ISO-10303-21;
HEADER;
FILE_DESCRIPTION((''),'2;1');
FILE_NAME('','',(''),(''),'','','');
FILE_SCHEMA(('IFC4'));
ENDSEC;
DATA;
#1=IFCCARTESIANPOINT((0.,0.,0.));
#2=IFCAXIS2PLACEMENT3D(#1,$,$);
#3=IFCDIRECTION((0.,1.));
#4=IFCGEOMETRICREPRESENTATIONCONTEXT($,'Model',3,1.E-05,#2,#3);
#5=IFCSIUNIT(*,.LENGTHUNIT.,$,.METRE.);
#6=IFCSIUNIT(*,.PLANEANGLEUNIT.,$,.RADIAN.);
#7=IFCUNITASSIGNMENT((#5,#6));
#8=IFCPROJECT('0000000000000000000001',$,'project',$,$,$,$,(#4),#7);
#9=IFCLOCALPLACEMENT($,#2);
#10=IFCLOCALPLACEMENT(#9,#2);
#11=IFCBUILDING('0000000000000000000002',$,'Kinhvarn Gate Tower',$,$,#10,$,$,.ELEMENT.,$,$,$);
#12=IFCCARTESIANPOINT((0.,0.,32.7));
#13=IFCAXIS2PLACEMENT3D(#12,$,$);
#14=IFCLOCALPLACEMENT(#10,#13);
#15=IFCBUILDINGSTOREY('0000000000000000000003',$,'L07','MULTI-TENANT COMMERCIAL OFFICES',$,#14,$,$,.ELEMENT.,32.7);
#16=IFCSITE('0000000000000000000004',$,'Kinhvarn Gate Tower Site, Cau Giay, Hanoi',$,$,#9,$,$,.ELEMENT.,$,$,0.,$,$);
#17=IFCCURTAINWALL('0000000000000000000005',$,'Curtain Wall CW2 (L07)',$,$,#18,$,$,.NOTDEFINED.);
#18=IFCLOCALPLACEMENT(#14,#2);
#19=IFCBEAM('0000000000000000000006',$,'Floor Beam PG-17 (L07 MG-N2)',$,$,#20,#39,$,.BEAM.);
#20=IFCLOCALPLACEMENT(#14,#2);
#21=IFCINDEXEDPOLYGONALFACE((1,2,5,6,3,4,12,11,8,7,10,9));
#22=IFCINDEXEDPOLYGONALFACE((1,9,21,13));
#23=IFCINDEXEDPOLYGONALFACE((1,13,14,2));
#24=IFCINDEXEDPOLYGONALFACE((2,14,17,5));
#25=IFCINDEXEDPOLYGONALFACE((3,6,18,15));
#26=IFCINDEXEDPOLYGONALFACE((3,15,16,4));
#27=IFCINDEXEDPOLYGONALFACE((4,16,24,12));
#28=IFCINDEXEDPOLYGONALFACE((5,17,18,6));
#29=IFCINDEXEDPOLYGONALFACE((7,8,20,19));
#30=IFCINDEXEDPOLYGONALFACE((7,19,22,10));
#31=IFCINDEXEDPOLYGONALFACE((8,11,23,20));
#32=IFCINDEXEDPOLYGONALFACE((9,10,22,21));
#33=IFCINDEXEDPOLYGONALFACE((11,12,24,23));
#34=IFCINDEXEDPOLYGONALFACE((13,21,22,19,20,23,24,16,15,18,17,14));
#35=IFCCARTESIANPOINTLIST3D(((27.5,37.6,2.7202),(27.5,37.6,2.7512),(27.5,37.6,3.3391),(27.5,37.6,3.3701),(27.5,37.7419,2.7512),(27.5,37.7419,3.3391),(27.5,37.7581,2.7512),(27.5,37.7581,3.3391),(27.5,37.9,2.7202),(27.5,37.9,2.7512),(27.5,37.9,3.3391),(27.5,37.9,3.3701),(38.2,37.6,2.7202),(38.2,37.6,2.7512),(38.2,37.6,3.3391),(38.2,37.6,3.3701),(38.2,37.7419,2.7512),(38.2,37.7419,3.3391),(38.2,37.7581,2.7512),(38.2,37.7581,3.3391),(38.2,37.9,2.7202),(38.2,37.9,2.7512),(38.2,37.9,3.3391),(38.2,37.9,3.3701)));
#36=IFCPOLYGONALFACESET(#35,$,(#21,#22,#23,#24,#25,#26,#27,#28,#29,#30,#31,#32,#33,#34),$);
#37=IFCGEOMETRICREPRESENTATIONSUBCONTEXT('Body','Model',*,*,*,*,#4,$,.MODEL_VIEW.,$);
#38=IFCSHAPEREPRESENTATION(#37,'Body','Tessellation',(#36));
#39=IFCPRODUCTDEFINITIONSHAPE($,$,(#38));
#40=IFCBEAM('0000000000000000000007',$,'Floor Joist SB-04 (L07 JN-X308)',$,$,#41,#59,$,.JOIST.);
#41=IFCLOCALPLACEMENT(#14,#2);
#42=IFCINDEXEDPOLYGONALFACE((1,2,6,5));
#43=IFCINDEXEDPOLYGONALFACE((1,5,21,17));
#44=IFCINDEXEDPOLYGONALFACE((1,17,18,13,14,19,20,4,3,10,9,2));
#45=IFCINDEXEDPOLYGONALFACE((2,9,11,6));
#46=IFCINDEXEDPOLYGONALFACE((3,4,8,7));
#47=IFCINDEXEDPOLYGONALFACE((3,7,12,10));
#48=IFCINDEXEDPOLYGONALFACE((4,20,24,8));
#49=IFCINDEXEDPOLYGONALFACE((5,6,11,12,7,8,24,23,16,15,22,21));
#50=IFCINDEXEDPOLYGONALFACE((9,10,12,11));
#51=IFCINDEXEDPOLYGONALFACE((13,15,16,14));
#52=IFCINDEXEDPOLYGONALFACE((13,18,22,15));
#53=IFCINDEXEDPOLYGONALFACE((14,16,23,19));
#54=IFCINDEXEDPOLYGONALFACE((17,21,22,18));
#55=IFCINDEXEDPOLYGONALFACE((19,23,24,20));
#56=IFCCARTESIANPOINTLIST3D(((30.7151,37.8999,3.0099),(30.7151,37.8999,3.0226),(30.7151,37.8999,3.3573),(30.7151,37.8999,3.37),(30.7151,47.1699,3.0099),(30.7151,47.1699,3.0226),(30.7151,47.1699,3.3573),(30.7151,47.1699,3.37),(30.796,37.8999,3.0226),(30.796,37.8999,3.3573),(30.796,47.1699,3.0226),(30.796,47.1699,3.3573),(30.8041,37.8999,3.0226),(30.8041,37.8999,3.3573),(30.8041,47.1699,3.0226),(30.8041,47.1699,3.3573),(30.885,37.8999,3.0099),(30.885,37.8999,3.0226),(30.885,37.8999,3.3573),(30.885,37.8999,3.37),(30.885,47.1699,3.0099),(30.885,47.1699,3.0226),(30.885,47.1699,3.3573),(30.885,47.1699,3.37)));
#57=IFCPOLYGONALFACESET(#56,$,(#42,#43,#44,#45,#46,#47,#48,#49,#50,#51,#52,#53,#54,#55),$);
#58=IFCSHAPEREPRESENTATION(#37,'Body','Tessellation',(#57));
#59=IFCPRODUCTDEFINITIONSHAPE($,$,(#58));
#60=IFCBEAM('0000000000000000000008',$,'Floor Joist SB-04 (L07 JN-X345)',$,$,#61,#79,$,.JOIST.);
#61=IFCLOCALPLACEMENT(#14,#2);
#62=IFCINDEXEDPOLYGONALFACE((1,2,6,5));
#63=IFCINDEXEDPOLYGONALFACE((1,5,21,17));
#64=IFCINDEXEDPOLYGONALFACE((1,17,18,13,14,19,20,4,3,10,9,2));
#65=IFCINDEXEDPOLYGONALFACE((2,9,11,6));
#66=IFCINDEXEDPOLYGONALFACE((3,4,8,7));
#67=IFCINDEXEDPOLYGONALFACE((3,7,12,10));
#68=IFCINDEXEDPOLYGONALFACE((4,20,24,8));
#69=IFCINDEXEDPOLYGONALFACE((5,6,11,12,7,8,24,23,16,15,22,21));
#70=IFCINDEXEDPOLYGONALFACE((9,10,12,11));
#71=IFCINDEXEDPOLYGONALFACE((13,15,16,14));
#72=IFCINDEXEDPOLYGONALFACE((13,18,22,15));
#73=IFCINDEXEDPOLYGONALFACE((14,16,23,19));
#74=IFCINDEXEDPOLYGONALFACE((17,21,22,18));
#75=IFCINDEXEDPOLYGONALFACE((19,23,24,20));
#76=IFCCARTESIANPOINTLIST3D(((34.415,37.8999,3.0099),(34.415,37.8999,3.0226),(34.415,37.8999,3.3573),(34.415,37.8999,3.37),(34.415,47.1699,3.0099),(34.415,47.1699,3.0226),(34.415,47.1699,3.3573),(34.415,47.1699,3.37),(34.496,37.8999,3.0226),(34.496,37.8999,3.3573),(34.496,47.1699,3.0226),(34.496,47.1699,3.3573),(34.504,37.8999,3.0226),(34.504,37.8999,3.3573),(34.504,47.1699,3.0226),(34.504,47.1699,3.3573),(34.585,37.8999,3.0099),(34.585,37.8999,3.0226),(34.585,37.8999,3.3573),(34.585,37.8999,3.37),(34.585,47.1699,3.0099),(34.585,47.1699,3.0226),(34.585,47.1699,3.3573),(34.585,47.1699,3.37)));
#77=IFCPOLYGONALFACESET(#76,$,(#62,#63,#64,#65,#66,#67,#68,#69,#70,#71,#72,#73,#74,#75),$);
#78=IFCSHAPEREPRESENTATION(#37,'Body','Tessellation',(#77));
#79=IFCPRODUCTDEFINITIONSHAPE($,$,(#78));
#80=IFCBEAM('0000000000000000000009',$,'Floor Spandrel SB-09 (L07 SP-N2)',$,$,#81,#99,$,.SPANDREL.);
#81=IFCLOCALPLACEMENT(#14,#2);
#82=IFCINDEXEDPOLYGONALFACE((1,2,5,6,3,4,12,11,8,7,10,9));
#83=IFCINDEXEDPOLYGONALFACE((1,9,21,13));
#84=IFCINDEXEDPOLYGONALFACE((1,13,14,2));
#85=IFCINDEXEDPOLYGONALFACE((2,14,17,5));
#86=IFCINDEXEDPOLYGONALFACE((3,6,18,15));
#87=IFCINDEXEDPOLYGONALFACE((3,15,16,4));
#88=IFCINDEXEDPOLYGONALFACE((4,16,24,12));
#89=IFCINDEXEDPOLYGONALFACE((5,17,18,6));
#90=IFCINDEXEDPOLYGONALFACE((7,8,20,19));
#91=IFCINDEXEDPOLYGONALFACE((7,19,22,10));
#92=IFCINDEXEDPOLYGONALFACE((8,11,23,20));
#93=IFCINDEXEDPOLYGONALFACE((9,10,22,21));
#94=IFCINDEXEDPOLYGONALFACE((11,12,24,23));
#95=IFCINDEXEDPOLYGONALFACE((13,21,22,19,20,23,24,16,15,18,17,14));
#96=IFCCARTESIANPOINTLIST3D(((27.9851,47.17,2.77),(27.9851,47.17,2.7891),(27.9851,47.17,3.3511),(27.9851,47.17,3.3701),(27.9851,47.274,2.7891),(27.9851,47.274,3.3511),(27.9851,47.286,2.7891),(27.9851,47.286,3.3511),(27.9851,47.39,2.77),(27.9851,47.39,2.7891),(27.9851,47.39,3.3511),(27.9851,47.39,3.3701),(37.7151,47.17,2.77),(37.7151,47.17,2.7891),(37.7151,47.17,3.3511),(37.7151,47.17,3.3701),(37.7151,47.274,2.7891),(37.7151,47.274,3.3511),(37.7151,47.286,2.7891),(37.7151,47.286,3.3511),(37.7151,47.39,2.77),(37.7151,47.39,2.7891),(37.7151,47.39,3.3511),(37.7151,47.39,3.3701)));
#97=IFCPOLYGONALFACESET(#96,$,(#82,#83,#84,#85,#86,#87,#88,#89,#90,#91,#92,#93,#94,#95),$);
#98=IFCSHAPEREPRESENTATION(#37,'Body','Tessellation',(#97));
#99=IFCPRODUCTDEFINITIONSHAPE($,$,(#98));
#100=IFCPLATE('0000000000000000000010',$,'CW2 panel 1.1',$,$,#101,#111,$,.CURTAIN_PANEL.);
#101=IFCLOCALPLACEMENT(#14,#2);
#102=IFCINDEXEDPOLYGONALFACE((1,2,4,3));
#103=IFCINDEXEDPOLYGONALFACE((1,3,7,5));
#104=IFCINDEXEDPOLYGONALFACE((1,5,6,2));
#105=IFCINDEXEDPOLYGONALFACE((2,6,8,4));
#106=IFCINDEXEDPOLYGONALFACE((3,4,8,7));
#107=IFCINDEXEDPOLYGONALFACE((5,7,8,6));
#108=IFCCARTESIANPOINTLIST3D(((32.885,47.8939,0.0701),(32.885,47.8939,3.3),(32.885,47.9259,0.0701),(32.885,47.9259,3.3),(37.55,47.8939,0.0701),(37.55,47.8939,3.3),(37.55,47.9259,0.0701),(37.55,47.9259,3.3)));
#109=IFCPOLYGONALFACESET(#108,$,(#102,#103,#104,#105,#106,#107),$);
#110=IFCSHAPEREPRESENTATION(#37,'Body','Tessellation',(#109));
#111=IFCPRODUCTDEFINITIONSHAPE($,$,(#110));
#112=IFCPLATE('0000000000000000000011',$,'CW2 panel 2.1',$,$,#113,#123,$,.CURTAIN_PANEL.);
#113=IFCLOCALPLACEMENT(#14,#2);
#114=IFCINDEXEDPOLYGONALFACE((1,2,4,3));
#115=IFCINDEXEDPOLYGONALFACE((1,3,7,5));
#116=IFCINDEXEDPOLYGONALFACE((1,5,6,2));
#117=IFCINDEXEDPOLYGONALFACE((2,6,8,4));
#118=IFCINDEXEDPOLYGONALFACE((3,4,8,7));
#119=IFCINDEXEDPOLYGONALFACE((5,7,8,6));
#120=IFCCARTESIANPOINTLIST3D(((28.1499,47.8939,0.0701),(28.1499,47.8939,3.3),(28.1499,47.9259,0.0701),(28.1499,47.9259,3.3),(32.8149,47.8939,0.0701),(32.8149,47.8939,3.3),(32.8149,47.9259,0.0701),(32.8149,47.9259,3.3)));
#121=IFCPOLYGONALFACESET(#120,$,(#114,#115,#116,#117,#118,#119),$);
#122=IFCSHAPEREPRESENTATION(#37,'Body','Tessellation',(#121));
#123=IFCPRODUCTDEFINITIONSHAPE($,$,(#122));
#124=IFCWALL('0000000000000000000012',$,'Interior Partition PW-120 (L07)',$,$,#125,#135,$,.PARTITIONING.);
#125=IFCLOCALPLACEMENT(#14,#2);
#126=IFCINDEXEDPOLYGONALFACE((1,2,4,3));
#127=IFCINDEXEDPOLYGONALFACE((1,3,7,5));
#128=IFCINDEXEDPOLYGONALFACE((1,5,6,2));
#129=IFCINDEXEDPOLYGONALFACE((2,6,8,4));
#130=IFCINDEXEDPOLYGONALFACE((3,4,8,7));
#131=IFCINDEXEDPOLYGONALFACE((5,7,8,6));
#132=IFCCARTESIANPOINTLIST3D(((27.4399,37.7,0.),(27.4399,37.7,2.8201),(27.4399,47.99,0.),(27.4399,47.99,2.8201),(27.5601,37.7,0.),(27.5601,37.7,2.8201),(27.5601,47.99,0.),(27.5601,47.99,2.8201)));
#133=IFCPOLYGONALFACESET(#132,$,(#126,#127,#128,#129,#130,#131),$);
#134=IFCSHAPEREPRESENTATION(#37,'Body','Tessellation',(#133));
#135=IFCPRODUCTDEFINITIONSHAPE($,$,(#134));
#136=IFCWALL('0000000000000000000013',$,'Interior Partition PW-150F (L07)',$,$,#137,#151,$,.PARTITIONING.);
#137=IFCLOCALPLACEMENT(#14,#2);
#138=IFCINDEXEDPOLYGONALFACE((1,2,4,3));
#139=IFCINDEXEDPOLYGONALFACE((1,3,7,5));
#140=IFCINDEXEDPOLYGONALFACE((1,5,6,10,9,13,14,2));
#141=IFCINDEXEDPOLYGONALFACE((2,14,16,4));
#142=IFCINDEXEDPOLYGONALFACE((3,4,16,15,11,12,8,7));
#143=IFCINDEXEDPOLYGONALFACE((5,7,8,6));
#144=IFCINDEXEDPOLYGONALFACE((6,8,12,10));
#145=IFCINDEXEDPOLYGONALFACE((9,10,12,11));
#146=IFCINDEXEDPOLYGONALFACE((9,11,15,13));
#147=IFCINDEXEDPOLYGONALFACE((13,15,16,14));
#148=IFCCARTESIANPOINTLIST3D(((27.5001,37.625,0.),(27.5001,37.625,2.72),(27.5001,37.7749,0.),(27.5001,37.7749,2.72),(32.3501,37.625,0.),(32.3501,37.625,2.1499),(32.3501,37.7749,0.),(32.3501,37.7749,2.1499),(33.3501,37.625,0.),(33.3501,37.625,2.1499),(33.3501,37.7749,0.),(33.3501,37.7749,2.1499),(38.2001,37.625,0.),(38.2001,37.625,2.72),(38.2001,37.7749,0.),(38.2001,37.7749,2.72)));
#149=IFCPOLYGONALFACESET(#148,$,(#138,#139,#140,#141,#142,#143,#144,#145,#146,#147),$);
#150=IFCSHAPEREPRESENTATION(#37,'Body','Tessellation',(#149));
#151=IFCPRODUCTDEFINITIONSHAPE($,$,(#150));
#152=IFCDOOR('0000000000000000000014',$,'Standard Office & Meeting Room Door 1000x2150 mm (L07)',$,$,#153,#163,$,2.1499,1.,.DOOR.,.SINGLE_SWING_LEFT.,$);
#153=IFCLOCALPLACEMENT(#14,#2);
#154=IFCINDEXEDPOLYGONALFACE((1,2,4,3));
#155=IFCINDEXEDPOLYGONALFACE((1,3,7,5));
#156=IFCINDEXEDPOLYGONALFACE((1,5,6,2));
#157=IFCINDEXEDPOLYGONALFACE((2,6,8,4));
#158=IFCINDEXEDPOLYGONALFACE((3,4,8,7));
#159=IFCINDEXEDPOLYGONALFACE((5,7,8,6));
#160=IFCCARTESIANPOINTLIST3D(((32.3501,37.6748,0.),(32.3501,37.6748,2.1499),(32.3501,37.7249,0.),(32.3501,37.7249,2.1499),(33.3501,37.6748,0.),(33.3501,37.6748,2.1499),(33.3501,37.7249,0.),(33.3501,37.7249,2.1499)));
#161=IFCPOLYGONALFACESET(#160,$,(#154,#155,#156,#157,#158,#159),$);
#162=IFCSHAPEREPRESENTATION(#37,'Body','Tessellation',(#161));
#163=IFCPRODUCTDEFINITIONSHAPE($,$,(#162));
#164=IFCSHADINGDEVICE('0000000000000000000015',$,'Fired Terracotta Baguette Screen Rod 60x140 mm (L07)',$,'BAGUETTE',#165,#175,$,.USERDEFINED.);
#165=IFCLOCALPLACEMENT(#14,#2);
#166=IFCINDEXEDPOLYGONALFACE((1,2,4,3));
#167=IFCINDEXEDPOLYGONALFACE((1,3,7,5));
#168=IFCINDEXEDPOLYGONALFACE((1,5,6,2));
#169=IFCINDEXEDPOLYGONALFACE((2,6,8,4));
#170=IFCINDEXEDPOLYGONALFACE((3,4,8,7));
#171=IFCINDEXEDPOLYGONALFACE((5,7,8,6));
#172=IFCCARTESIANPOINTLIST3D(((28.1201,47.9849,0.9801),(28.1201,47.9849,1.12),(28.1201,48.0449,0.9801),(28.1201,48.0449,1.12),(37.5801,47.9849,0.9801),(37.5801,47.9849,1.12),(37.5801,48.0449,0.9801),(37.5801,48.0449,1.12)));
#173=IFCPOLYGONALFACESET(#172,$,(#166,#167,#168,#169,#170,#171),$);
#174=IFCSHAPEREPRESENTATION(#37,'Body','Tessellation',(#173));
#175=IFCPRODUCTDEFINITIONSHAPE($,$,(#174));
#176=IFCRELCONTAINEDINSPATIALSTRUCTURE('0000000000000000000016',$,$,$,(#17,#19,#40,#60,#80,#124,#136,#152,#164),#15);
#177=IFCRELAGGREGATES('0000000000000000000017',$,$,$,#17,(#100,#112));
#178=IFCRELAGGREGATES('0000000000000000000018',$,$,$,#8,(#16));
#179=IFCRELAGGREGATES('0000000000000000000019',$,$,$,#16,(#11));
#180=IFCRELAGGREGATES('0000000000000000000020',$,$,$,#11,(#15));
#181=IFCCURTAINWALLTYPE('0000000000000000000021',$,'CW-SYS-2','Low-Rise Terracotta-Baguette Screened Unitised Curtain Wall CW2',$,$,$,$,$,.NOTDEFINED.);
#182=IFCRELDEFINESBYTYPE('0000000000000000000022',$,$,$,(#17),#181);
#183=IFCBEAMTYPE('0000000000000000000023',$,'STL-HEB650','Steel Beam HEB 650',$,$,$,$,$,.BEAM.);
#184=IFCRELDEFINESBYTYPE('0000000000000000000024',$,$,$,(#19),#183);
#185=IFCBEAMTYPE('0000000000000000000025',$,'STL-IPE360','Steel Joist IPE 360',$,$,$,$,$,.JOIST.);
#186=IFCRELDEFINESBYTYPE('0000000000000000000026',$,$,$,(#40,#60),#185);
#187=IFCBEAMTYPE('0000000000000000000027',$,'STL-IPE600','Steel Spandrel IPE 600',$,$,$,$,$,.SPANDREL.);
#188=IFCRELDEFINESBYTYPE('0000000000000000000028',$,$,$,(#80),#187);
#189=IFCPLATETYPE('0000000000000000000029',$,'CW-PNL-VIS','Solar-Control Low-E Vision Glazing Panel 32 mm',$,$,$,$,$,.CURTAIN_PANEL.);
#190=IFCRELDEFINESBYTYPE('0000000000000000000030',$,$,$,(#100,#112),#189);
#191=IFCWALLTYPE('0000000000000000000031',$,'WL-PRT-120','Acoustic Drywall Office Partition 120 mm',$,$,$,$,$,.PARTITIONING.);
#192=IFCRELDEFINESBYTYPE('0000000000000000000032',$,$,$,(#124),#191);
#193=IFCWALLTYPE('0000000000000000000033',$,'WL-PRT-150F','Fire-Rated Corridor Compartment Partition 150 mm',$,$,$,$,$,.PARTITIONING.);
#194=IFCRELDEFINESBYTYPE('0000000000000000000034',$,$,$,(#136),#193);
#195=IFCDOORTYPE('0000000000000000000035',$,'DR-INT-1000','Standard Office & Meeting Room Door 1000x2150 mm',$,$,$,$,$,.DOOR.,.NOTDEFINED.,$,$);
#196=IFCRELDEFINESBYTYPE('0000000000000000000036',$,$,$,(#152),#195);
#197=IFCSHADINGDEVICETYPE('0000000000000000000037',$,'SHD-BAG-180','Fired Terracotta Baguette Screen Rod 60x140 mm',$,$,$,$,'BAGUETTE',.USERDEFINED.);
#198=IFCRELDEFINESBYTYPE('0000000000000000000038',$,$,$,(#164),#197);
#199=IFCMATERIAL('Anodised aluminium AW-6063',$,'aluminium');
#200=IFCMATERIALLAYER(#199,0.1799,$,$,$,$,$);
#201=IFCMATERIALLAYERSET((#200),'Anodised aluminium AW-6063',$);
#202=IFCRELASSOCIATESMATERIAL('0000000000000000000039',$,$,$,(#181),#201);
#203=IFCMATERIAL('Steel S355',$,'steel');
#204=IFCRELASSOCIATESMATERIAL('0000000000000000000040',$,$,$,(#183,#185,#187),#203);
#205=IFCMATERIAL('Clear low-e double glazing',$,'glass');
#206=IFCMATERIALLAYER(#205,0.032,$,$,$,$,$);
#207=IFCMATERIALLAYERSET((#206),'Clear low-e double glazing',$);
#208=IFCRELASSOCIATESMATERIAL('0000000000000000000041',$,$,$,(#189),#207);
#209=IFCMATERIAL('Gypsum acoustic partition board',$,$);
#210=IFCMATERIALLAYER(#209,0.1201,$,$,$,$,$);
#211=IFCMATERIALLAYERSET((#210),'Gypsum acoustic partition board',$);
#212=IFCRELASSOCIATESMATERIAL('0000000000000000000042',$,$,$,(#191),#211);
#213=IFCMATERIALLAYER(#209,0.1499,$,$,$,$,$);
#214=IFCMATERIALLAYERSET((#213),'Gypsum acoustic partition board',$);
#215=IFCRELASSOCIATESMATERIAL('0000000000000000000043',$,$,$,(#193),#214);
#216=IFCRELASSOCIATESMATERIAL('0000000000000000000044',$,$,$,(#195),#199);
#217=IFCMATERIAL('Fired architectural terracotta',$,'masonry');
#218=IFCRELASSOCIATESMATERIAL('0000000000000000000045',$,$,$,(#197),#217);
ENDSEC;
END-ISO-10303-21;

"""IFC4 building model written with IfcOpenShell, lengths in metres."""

from ifc_helpers import new_model, si_unit, direction, frame, frame_2d, origin, origin_2d, place, context, subcontext, project, spatial, rectangle, i_section, extrude, material, layer, layer_set, material_profile, profile_set, type_object, element, fill, aggregate, save


model = new_model("IFC4")

# Units and contexts
model_context = context("Model", 3, precision=1e-05, world=origin(), true_north=direction((0.0, 1.0)))
body_context = subcontext(model_context, "Body", "Model", "MODEL_VIEW")
ifc_project = project(units=[si_unit("LENGTHUNIT", "METRE"), si_unit("PLANEANGLEUNIT", "RADIAN")], contexts=[model_context])

# Site, building, storey
site_placement = place(None, origin())
site = spatial("IfcSite", under=ifc_project, at=site_placement, Name="Kinhvarn Gate Tower Site, Cau Giay, Hanoi", CompositionType="ELEMENT", RefElevation=0.0)
building_placement = place(site_placement, origin())
building = spatial("IfcBuilding", under=site, at=building_placement, Name="Kinhvarn Gate Tower", CompositionType="ELEMENT")
storey_placement = place(building_placement, frame((0.0, 0.0, 32.7)))
storey = spatial("IfcBuildingStorey", under=building, at=storey_placement, Name="L07", Description="MULTI-TENANT COMMERCIAL OFFICES", CompositionType="ELEMENT", Elevation=32.7)

# Curtain wall
ifc_material_1 = material(Name="Anodised aluminium AW-6063", Category="aluminium")
ifc_layer_1 = layer(ifc_material_1, 0.1799)
ifc_layer_set_1 = layer_set([ifc_layer_1], Name="Anodised aluminium AW-6063")
curtain_wall_type = type_object("IfcCurtainWallType", Name="CW-SYS-2", Description="Low-Rise Terracotta-Baguette Screened Unitised Curtain Wall CW2", PredefinedType="NOTDEFINED", material=ifc_layer_set_1)
curtain_wall_1_placement = place(storey_placement, origin())
curtain_wall_1 = element("IfcCurtainWall", 1, at=curtain_wall_1_placement, inside=storey, type_object=curtain_wall_type, Name="Curtain Wall CW2 (L07)", PredefinedType="NOTDEFINED")

# Beams
ifc_material_2 = material(Name="Steel S355", Category="steel")
ifc_material_profile_1 = material_profile(ifc_material_2, i_section(OverallWidth=0.3, OverallDepth=0.6499, WebThickness=0.0161, FlangeThickness=0.031, at=origin_2d()), Name="HEB 650")
ifc_profile_set_1 = profile_set([ifc_material_profile_1], Name="Steel S355")
beam_type_1 = type_object("IfcBeamType", Name="STL-HEB650", Description="Steel Beam HEB 650", PredefinedType="BEAM", material=ifc_profile_set_1)
beam_1_placement = place(storey_placement, frame((27.5, 37.75, 3.0452), z_axis=(1.0, 0.0, 0.0), x_axis=(0.0, 1.0, 0.0)))
element("IfcBeam", 2, at=beam_1_placement, inside=storey, type_object=beam_type_1, Name="Floor Beam PG-17 (L07 MG-N2)", PredefinedType="BEAM", context=body_context, shape_type="SweptSolid", body=[
    extrude(i_section(OverallWidth=0.3, OverallDepth=0.6499, WebThickness=0.0161, FlangeThickness=0.031, at=origin_2d()), origin(), (0.0, 0.0, 1.0), 10.7),
])
ifc_material_profile_2 = material_profile(ifc_material_2, i_section(OverallWidth=0.1699, OverallDepth=0.3601, WebThickness=0.0081, FlangeThickness=0.0127, at=origin_2d()), Name="IPE 360")
ifc_profile_set_2 = profile_set([ifc_material_profile_2], Name="Steel S355")
beam_type_2 = type_object("IfcBeamType", Name="STL-IPE360", Description="Steel Joist IPE 360", PredefinedType="JOIST", material=ifc_profile_set_2)
for number, where, z_axis, x_axis, name in (
    (3, (30.8, 37.8999, 3.1899), (0.0, 1.0, 0.0), (-1.0, 0.0, 0.0), "Floor Joist SB-04 (L07 JN-X308)"),
    (4, (34.5, 37.8999, 3.1899), (0.0, 1.0, 0.0), (-1.0, 0.0, 0.0), "Floor Joist SB-04 (L07 JN-X345)"),
):
    element("IfcBeam", number, at=place(storey_placement, frame(where, z_axis=z_axis, x_axis=x_axis)), inside=storey, type_object=beam_type_2, Name=name, PredefinedType="JOIST", context=body_context, shape_type="SweptSolid", body=[
        extrude(i_section(OverallWidth=0.1699, OverallDepth=0.3601, WebThickness=0.0081, FlangeThickness=0.0127, at=origin_2d()), origin(), (0.0, 0.0, 1.0), 9.27),
    ])
ifc_material_profile_3 = material_profile(ifc_material_2, i_section(OverallWidth=0.22, OverallDepth=0.6001, WebThickness=0.012, FlangeThickness=0.019, at=origin_2d()), Name="IPE 600")
ifc_profile_set_3 = profile_set([ifc_material_profile_3], Name="Steel S355")
beam_type_3 = type_object("IfcBeamType", Name="STL-IPE600", Description="Steel Spandrel IPE 600", PredefinedType="SPANDREL", material=ifc_profile_set_3)
beam_2_placement = place(storey_placement, frame((27.9851, 47.28, 3.0701), z_axis=(1.0, 0.0, 0.0), x_axis=(0.0, 1.0, 0.0)))
element("IfcBeam", 5, at=beam_2_placement, inside=storey, type_object=beam_type_3, Name="Floor Spandrel SB-09 (L07 SP-N2)", PredefinedType="SPANDREL", context=body_context, shape_type="SweptSolid", body=[
    extrude(i_section(OverallWidth=0.22, OverallDepth=0.6001, WebThickness=0.012, FlangeThickness=0.019, at=origin_2d()), origin(), (0.0, 0.0, 1.0), 9.73),
])

# Plates
ifc_material_3 = material(Name="Clear low-e double glazing", Category="glass")
ifc_layer_2 = layer(ifc_material_3, 0.032)
ifc_layer_set_2 = layer_set([ifc_layer_2], Name="Clear low-e double glazing")
plate_type = type_object("IfcPlateType", Name="CW-PNL-VIS", Description="Solar-Control Low-E Vision Glazing Panel 32 mm", PredefinedType="CURTAIN_PANEL", material=ifc_layer_set_2)
plate_1_placement = place(storey_placement, frame((35.2175, 47.9099, 0.0701), z_axis=(0.0, 0.0, 1.0), x_axis=(-1.0, 0.0, 0.0)))
plate_1 = element("IfcPlate", 6, at=plate_1_placement, type_object=plate_type, Name="CW2 panel 1.1", PredefinedType="CURTAIN_PANEL", context=body_context, shape_type="SweptSolid", body=[
    extrude(rectangle(XDim=4.665, YDim=0.032, at=origin_2d()), origin(), (0.0, 0.0, 1.0), 3.23),
])
plate_2_placement = place(storey_placement, frame((30.4824, 47.9099, 0.0701), z_axis=(0.0, 0.0, 1.0), x_axis=(-1.0, 0.0, 0.0)))
plate_2 = element("IfcPlate", 7, at=plate_2_placement, type_object=plate_type, Name="CW2 panel 2.1", PredefinedType="CURTAIN_PANEL", context=body_context, shape_type="SweptSolid", body=[
    extrude(rectangle(XDim=4.665, YDim=0.032, at=origin_2d()), origin(), (0.0, 0.0, 1.0), 3.23),
])
aggregate(curtain_wall_1, [plate_1, plate_2])

# Wall
ifc_material_4 = material(Name="Gypsum acoustic partition board")
ifc_layer_3 = layer(ifc_material_4, 0.1201)
ifc_layer_set_3 = layer_set([ifc_layer_3], Name="Gypsum acoustic partition board")
wall_type_1 = type_object("IfcWallType", Name="WL-PRT-120", Description="Acoustic Drywall Office Partition 120 mm", PredefinedType="PARTITIONING", material=ifc_layer_set_3)
wall_1_placement = place(storey_placement, frame((27.5, 37.7, 0.0), z_axis=(0.0, 0.0, 1.0), x_axis=(0.0, 1.0, 0.0)))
element("IfcWall", 8, at=wall_1_placement, inside=storey, type_object=wall_type_1, Name="Interior Partition PW-120 (L07)", PredefinedType="PARTITIONING", context=body_context, shape_type="SweptSolid", body=[
    extrude(rectangle(XDim=10.29, YDim=0.1201, at=frame_2d((5.145, 0.0))), origin(), (0.0, 0.0, 1.0), 2.8201),
])

# Wall, opening, door
ifc_layer_4 = layer(ifc_material_4, 0.1499)
ifc_layer_set_4 = layer_set([ifc_layer_4], Name="Gypsum acoustic partition board")
wall_type_2 = type_object("IfcWallType", Name="WL-PRT-150F", Description="Fire-Rated Corridor Compartment Partition 150 mm", PredefinedType="PARTITIONING", material=ifc_layer_set_4)
wall_2_placement = place(storey_placement, frame((27.5, 37.7, 0.0), z_axis=(0.0, 0.0, 1.0), x_axis=(1.0, 0.0, 0.0)))
wall_2 = element("IfcWall", 9, at=wall_2_placement, inside=storey, type_object=wall_type_2, Name="Interior Partition PW-150F (L07)", PredefinedType="PARTITIONING", context=body_context, shape_type="SweptSolid", body=[
    extrude(rectangle(XDim=10.7, YDim=0.1499, at=frame_2d((5.3501, 0.0))), origin(), (0.0, 0.0, 1.0), 2.72),
])
opening_placement = place(wall_2_placement, frame((4.8501, 0.0, 0.0)))
opening = element("IfcOpeningElement", 10, at=opening_placement, cuts=wall_2, PredefinedType="OPENING", context=body_context, shape_type="SweptSolid", body=[
    extrude(rectangle(XDim=1.0, YDim=2.1499, at=frame_2d((0.5, 1.075))), frame((0.0, 0.085, 0.0), z_axis=(0.0, -1.0, 0.0), x_axis=(1.0, 0.0, 0.0)), (0.0, 0.0, 1.0), 0.1699),
])
door_type = type_object("IfcDoorType", Name="DR-INT-1000", Description="Standard Office & Meeting Room Door 1000x2150 mm", OperationType="NOTDEFINED", PredefinedType="DOOR", material=ifc_material_1)
door_placement = place(opening_placement, origin())
door = element("IfcDoor", 11, at=door_placement, inside=storey, type_object=door_type, Name="Standard Office & Meeting Room Door 1000x2150 mm (L07)", OperationType="SINGLE_SWING_LEFT", OverallHeight=2.1499, OverallWidth=1.0, PredefinedType="DOOR", context=body_context, shape_type="SweptSolid", body=[
    extrude(rectangle(XDim=1.0, YDim=2.1499, at=frame_2d((0.5, 1.075))), frame((0.0, 0.0249, 0.0), z_axis=(0.0, -1.0, 0.0), x_axis=(1.0, 0.0, 0.0)), (0.0, 0.0, 1.0), 0.05),
])
fill(opening, door)

# Shading device
ifc_material_5 = material(Name="Fired architectural terracotta", Category="masonry")
ifc_material_profile_4 = material_profile(ifc_material_5, rectangle(XDim=0.0601, YDim=0.1399, at=origin_2d()), Name="TC 60x140")
ifc_profile_set_4 = profile_set([ifc_material_profile_4], Name="Fired architectural terracotta")
shading_device_type = type_object("IfcShadingDeviceType", Name="SHD-BAG-180", Description="Fired Terracotta Baguette Screen Rod 60x140 mm", ElementType="BAGUETTE", PredefinedType="USERDEFINED", material=ifc_profile_set_4)
shading_device_placement = place(storey_placement, frame((37.5801, 48.0149, 1.05), z_axis=(-1.0, 0.0, 0.0), x_axis=(0.0, -1.0, 0.0)))
element("IfcShadingDevice", 12, at=shading_device_placement, inside=storey, type_object=shading_device_type, Name="Fired Terracotta Baguette Screen Rod 60x140 mm (L07)", ObjectType="BAGUETTE", PredefinedType="USERDEFINED", context=body_context, shape_type="SweptSolid", body=[
    extrude(rectangle(XDim=0.0601, YDim=0.1399, at=origin_2d()), origin(), (0.0, 0.0, 1.0), 9.46),
])

save(model, "model.ifc")
